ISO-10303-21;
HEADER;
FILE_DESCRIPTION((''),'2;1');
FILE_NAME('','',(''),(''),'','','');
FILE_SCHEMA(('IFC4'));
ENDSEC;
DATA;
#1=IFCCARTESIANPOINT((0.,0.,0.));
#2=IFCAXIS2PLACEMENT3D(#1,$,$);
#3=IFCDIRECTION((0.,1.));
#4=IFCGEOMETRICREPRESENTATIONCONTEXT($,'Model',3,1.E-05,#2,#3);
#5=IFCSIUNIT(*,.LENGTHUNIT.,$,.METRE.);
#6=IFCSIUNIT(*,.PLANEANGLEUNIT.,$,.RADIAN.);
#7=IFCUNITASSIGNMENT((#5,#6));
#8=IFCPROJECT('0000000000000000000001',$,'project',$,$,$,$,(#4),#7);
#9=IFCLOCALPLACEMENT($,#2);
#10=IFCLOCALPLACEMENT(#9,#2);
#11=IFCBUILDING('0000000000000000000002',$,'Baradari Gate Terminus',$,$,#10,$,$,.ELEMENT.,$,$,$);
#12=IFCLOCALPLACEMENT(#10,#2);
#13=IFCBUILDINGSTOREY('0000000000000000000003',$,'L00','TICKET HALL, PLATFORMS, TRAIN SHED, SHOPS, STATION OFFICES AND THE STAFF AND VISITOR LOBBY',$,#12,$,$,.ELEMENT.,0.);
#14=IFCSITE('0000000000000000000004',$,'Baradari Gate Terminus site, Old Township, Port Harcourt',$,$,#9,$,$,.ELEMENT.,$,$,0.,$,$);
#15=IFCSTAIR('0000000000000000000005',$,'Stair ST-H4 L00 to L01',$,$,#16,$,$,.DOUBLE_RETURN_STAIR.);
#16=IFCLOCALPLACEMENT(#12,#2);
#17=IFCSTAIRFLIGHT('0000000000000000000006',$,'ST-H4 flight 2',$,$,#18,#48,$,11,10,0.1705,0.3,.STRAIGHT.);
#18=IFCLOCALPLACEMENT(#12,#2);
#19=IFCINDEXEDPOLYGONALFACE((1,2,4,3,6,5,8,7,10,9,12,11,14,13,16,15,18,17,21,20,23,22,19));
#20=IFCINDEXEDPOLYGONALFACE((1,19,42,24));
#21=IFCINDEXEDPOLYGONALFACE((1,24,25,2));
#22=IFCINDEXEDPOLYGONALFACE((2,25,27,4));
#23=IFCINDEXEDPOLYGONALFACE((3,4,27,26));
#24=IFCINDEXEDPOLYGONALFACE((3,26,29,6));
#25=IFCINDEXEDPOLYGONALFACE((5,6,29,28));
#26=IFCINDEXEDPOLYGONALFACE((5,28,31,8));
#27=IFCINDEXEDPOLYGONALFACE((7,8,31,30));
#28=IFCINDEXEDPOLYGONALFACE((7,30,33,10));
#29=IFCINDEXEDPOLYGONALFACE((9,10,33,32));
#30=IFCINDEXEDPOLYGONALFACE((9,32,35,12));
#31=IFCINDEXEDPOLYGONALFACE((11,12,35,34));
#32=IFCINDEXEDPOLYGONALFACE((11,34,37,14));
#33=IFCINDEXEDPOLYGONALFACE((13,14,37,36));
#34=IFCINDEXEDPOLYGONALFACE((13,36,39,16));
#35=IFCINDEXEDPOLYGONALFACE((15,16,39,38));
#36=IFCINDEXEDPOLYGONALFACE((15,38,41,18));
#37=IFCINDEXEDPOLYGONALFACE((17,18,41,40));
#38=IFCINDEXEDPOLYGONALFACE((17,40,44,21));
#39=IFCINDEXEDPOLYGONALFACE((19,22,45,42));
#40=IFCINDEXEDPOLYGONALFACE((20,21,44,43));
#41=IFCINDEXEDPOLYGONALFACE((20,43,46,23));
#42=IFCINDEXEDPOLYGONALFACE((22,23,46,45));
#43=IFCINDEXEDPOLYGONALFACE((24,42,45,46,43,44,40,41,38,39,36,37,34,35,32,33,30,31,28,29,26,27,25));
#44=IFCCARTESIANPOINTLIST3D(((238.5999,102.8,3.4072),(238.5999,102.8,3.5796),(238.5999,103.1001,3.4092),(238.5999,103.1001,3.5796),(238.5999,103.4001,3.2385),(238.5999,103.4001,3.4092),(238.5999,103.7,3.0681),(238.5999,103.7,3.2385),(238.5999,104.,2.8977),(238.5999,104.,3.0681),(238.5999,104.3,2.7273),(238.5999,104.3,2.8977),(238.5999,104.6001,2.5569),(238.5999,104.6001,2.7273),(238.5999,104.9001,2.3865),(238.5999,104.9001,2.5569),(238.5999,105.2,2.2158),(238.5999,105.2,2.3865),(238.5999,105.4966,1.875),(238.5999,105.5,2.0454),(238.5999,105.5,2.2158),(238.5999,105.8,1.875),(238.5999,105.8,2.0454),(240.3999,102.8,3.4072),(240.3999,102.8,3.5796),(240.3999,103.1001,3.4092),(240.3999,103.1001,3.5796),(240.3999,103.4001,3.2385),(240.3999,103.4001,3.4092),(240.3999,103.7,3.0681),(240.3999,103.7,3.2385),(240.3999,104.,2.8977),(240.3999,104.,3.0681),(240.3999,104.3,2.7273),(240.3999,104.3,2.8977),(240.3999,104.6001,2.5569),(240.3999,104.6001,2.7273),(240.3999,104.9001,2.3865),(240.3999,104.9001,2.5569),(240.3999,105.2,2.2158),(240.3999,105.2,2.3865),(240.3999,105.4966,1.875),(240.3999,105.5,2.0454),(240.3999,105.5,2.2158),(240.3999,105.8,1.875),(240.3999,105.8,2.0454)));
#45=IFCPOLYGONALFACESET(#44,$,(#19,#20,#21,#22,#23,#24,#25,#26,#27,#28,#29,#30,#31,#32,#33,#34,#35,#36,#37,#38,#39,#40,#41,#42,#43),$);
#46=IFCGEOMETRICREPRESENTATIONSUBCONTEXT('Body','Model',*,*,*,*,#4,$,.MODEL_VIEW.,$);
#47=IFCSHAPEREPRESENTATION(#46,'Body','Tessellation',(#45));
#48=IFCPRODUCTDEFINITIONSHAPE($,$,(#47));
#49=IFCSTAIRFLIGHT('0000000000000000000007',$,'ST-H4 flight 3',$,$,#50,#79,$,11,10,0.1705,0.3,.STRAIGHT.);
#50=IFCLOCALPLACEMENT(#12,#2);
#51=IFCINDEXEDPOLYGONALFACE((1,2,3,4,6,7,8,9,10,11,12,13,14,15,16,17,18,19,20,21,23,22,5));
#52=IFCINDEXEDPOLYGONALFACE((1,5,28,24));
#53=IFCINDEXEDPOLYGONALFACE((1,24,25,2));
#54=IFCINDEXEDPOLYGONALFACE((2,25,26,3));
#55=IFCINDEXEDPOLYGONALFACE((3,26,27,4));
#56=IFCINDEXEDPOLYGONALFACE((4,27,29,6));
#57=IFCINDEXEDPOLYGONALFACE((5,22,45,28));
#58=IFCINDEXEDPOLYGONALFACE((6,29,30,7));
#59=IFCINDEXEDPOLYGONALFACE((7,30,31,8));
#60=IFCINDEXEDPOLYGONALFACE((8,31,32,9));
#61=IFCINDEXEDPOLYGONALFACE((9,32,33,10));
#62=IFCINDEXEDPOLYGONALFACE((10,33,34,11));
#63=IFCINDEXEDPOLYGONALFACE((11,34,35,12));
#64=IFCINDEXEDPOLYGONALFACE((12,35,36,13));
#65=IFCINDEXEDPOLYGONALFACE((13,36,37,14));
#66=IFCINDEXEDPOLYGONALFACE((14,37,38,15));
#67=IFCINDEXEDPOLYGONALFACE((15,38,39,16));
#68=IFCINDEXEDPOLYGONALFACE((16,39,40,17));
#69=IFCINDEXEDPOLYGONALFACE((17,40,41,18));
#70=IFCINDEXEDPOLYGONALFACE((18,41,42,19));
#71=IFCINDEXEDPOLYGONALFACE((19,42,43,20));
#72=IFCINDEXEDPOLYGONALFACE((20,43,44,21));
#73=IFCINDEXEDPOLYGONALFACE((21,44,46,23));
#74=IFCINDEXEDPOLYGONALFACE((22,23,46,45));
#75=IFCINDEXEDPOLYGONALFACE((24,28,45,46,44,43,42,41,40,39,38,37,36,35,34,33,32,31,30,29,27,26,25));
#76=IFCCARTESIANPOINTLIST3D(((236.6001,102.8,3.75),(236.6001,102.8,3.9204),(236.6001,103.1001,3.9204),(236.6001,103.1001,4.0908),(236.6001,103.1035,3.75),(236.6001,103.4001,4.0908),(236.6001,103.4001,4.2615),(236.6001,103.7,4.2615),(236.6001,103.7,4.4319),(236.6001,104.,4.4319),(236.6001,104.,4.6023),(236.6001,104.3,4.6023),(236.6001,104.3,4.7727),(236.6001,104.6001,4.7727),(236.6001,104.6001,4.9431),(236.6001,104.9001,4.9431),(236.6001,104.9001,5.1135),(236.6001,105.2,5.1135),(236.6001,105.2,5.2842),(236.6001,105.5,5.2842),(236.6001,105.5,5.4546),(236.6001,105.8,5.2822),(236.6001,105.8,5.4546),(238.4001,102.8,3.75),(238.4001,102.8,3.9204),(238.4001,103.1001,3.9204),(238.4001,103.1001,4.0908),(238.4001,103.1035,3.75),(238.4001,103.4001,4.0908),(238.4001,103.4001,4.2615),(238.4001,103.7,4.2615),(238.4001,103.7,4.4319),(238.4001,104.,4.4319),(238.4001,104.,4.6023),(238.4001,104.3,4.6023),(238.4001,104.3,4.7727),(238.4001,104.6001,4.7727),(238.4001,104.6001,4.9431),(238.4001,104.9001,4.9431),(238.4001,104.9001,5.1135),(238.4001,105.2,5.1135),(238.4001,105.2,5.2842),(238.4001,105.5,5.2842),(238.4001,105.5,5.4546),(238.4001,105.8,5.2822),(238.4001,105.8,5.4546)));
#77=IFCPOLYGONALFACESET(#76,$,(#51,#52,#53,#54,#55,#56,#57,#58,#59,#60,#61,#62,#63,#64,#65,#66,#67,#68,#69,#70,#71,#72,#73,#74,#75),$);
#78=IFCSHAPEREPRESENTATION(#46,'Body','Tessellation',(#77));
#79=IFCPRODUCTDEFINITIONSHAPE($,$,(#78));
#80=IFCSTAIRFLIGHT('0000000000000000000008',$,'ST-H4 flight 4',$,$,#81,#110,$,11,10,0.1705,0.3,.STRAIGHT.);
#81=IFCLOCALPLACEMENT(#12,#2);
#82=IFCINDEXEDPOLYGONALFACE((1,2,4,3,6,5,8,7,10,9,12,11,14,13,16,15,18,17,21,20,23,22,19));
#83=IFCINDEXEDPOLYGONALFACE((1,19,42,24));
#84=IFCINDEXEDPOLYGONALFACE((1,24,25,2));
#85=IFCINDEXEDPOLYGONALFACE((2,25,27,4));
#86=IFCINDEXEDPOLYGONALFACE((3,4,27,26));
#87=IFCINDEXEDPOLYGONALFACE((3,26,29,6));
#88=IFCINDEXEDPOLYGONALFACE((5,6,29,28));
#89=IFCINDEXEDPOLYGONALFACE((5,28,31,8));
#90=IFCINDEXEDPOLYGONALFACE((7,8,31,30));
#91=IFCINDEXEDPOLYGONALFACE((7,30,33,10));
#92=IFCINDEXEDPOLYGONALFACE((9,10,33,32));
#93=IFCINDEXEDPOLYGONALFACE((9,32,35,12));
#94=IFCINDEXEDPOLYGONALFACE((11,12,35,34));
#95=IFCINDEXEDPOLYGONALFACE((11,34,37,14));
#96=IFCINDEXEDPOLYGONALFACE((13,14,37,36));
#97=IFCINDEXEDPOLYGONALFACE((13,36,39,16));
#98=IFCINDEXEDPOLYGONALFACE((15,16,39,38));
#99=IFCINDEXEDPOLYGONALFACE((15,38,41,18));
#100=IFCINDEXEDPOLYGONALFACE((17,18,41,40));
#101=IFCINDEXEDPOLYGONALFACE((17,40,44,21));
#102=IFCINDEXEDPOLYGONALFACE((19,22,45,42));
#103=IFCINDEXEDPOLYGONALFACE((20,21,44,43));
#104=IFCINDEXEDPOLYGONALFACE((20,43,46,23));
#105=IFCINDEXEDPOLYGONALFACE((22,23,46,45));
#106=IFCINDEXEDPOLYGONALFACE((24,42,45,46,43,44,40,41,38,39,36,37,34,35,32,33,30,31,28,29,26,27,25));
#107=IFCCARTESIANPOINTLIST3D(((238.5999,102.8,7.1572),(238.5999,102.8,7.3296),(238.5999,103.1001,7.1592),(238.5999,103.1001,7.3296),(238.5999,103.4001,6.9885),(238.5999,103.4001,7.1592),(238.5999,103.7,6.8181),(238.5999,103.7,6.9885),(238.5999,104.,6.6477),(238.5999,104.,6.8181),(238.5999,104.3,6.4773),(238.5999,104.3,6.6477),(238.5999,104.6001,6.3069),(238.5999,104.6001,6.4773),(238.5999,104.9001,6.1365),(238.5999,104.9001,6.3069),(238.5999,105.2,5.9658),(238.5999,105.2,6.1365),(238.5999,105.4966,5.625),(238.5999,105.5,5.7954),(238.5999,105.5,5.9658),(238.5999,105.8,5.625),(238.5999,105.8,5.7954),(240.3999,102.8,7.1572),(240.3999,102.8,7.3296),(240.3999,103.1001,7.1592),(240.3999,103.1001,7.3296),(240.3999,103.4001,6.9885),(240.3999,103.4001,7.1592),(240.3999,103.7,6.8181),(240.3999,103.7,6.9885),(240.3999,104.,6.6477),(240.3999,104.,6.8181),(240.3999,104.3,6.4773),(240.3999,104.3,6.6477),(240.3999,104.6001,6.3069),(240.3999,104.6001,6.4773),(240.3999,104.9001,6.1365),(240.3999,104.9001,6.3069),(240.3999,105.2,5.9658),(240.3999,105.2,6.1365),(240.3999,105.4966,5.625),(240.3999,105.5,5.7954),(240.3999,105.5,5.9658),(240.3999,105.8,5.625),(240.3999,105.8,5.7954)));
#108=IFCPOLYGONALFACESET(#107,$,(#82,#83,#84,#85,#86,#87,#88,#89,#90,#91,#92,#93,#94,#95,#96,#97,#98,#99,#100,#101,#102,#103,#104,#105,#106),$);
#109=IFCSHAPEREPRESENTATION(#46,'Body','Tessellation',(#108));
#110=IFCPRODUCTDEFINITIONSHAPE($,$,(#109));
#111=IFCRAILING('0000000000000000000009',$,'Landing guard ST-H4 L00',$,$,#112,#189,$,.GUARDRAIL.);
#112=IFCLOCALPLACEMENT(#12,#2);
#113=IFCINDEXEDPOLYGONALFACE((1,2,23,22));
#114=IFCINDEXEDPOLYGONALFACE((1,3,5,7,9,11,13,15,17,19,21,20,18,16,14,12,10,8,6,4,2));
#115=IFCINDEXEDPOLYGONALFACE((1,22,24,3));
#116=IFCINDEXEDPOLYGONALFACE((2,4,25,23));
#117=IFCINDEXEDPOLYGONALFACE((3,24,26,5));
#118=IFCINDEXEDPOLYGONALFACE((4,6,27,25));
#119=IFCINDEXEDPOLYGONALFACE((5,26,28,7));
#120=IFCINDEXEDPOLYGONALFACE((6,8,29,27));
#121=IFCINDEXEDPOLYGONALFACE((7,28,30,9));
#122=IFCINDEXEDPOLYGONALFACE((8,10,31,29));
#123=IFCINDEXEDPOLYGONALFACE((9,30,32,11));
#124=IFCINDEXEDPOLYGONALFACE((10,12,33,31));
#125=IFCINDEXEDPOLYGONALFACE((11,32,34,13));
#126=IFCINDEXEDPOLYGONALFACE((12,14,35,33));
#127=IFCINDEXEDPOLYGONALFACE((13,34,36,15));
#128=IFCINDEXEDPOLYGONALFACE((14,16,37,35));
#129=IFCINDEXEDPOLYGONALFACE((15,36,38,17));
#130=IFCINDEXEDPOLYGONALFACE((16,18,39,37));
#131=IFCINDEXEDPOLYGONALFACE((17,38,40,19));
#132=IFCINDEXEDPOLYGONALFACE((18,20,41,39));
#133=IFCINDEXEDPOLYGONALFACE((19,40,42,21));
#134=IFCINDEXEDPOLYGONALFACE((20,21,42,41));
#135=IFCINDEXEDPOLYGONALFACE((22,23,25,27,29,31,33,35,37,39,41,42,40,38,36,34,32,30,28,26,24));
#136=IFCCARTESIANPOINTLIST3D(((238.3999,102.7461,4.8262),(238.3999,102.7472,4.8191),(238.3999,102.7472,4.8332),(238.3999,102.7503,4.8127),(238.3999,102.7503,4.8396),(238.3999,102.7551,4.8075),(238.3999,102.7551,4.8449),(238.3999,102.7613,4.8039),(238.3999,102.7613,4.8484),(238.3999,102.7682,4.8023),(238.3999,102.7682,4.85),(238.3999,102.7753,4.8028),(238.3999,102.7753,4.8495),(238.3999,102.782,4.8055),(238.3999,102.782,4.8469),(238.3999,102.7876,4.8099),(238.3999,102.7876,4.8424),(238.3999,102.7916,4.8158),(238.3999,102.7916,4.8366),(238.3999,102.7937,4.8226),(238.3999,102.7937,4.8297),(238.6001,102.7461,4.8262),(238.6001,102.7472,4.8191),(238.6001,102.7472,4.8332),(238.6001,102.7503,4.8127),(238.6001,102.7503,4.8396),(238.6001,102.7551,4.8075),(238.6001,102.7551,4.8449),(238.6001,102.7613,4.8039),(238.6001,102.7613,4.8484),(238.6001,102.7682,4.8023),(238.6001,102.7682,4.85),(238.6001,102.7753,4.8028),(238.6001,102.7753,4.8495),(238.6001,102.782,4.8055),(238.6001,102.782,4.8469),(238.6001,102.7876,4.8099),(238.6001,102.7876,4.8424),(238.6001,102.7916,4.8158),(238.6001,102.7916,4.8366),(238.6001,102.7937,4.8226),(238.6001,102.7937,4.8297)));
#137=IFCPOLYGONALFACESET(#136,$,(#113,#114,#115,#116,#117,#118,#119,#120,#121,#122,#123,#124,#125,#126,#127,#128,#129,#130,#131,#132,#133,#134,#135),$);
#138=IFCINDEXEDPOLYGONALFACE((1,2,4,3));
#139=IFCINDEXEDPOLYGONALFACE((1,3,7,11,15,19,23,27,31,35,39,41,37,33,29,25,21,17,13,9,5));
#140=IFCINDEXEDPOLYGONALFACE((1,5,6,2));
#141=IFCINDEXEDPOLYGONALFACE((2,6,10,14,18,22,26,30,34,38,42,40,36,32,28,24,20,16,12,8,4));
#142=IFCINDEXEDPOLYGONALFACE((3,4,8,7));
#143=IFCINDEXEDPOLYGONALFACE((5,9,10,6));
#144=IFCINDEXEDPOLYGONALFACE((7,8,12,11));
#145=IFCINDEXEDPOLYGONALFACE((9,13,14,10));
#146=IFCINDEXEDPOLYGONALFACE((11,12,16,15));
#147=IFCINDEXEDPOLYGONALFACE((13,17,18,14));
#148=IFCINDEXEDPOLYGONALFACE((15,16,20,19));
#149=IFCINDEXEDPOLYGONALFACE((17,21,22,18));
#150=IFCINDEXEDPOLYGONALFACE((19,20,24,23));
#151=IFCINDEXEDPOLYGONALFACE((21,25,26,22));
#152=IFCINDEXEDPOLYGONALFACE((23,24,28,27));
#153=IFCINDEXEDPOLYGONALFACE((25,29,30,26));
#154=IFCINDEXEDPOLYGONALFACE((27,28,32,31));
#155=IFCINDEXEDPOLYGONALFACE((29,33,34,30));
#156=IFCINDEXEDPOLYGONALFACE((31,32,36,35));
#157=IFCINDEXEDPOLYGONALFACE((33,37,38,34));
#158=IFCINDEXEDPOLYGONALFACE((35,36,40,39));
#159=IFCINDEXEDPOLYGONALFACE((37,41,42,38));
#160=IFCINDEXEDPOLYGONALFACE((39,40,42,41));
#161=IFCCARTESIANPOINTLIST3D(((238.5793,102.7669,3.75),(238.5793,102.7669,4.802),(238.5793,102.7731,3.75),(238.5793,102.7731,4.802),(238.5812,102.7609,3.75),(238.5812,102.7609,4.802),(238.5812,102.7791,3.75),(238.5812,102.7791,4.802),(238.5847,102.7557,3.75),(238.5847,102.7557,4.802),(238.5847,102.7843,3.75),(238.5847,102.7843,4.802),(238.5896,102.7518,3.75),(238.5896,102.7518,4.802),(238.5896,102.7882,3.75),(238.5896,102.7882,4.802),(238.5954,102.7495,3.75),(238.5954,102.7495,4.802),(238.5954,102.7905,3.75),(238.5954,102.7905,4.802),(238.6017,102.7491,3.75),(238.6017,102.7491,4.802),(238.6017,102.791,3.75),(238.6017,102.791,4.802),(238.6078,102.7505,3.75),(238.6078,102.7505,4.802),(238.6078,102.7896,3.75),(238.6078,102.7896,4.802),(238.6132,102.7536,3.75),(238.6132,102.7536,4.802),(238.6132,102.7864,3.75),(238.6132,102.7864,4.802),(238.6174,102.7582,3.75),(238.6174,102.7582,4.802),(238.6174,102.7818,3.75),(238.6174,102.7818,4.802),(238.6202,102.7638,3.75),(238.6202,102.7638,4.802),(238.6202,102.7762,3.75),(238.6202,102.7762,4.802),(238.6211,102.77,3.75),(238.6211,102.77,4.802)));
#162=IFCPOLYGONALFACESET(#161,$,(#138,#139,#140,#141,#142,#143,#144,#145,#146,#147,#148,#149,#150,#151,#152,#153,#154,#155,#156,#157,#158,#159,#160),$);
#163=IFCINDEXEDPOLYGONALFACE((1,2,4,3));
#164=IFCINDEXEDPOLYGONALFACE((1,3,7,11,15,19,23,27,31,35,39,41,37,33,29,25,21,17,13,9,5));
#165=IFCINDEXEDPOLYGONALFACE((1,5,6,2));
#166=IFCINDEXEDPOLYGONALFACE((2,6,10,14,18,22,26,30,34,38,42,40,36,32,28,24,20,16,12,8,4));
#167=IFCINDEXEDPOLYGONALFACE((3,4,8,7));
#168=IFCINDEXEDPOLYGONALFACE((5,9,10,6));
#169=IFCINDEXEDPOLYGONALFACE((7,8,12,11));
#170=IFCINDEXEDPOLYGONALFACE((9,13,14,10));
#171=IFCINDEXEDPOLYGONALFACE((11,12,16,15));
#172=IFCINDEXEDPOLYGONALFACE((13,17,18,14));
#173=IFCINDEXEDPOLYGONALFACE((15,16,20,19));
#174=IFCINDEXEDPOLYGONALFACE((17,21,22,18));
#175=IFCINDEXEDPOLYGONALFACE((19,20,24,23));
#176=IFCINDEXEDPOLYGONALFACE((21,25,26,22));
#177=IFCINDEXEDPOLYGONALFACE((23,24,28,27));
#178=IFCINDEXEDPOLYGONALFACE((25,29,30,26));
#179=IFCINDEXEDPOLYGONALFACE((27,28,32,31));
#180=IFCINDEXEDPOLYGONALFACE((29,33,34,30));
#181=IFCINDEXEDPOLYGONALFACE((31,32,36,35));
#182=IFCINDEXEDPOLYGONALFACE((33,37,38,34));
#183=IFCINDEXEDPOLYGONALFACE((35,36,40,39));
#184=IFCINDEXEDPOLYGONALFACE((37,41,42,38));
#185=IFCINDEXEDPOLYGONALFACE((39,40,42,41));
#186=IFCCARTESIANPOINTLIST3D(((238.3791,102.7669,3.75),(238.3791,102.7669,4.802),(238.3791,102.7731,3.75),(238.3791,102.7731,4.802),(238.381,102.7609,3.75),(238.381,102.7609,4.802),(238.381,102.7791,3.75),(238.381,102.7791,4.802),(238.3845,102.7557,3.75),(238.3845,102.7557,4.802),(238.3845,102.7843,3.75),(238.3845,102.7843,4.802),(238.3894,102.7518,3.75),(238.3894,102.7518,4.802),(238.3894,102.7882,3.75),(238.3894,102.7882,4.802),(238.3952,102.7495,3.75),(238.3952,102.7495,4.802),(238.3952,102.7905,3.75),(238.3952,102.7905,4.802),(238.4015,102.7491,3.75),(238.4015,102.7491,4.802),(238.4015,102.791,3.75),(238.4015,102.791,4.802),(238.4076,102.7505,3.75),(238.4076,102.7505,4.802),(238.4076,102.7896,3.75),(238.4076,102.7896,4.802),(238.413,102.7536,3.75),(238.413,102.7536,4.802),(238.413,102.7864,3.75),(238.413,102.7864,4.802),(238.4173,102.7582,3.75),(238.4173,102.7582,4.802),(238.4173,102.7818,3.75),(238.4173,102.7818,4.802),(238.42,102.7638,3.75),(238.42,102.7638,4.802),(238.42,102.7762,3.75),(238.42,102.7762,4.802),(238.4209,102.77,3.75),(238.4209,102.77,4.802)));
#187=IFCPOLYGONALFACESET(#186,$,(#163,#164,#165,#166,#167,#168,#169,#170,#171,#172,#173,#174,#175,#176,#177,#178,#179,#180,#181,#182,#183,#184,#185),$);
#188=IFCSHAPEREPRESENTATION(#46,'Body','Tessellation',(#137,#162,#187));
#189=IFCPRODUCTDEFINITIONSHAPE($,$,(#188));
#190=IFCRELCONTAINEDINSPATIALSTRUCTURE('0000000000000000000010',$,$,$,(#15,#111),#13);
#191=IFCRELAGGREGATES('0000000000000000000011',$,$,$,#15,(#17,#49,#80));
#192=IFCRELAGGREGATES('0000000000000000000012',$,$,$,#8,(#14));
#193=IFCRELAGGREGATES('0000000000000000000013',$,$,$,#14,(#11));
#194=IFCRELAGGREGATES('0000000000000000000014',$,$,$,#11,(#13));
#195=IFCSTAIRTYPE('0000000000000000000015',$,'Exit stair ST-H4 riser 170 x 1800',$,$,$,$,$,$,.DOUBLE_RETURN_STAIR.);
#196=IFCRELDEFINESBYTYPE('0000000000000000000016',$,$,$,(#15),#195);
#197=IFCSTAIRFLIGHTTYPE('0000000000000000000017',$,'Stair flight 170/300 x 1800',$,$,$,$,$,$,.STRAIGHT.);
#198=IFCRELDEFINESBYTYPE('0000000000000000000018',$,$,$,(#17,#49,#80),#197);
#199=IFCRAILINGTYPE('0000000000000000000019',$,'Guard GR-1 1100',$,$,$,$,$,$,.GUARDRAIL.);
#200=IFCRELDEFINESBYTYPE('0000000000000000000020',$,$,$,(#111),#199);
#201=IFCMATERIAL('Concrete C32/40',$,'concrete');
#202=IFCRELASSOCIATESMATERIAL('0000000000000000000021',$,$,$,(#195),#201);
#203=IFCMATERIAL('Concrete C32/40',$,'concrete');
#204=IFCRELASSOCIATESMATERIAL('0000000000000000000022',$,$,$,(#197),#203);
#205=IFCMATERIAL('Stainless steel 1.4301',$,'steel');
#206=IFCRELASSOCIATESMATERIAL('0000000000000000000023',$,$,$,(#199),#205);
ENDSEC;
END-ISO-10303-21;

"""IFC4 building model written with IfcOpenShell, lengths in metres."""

from ifc_helpers import new_model, si_unit, direction, frame, origin, origin_2d, place, context, subcontext, project, spatial, polyline, circle, outline, extrude, material, type_object, element, aggregate, save


model = new_model("IFC4")

# Units and contexts
model_context = context("Model", 3, precision=1e-05, world=origin(), true_north=direction((0.0, 1.0)))
body_context = subcontext(model_context, "Body", "Model", "MODEL_VIEW")
ifc_project = project(units=[si_unit("LENGTHUNIT", "METRE"), si_unit("PLANEANGLEUNIT", "RADIAN")], contexts=[model_context])

# Site, building, storey
site_placement = place(None, origin())
site = spatial("IfcSite", under=ifc_project, at=site_placement, Name="Baradari Gate Terminus site, Old Township, Port Harcourt", CompositionType="ELEMENT", RefElevation=0.0)
building_placement = place(site_placement, origin())
building = spatial("IfcBuilding", under=site, at=building_placement, Name="Baradari Gate Terminus", CompositionType="ELEMENT")
storey_placement = place(building_placement, origin())
storey = spatial("IfcBuildingStorey", under=building, at=storey_placement, Name="L00", Description="TICKET HALL, PLATFORMS, TRAIN SHED, SHOPS, STATION OFFICES AND THE STAFF AND VISITOR LOBBY", CompositionType="ELEMENT", Elevation=0.0)

# Stair, stair flights
ifc_material_1 = material(Name="Concrete C32/40", Category="concrete")
stair_type = type_object("IfcStairType", Name="Exit stair ST-H4 riser 170 x 1800", PredefinedType="DOUBLE_RETURN_STAIR", material=ifc_material_1)
stair_placement = place(storey_placement, origin())
stair = element("IfcStair", 1, at=stair_placement, inside=storey, type_object=stair_type, Name="Stair ST-H4 L00 to L01", PredefinedType="DOUBLE_RETURN_STAIR")
ifc_material_2 = material(Name="Concrete C32/40", Category="concrete")
stair_flight_type = type_object("IfcStairFlightType", Name="Stair flight 170/300 x 1800", PredefinedType="STRAIGHT", material=ifc_material_2)
stair_flight_1_placement = place(storey_placement, frame((239.5, 105.8, 1.875), z_axis=(0.0, 0.0, 1.0), x_axis=(0.0, -1.0, 0.0)))
stair_flight_1 = element("IfcStairFlight", 2, at=stair_flight_1_placement, type_object=stair_flight_type, Name="ST-H4 flight 2", NumberOfRisers=11, NumberOfTreads=10, PredefinedType="STRAIGHT", RiserHeight=0.1705, TreadLength=0.3, context=body_context, shape_type="SweptSolid", body=[
    extrude(outline(polyline([(0.0, 0.0), (0.0, 0.1704), (0.3, 0.1704), (0.3, 0.3408), (0.6001, 0.3408), (0.6001, 0.5115), (0.8999, 0.5115), (0.8999, 0.6819), (1.2, 0.6819), (1.2, 0.8523), (1.5, 0.8523), (1.5, 1.0227), (1.8, 1.0227), (1.8, 1.1931), (2.1001, 1.1931), (2.1001, 1.3635), (2.3999, 1.3635), (2.3999, 1.5342), (2.7, 1.5342), (2.7, 1.7046), (3.0, 1.7046), (3.0, 1.875), (3.0, 1.5322), (0.3035, 0.0), (0.0, 0.0)])), frame((0.0, 0.8999, 0.0), z_axis=(0.0, -1.0, 0.0), x_axis=(1.0, 0.0, 0.0)), (0.0, 0.0, 1.0), 1.8),
])
stair_flight_2_placement = place(storey_placement, frame((237.5, 102.8, 3.75), z_axis=(0.0, 0.0, 1.0), x_axis=(0.0, 1.0, 0.0)))
stair_flight_2 = element("IfcStairFlight", 3, at=stair_flight_2_placement, type_object=stair_flight_type, Name="ST-H4 flight 3", NumberOfRisers=11, NumberOfTreads=10, PredefinedType="STRAIGHT", RiserHeight=0.1705, TreadLength=0.3, context=body_context, shape_type="SweptSolid", body=[
    extrude(outline(polyline([(0.0, 0.0), (0.0, 0.1704), (0.3, 0.1704), (0.3, 0.3408), (0.6001, 0.3408), (0.6001, 0.5115), (0.8999, 0.5115), (0.8999, 0.6819), (1.2, 0.6819), (1.2, 0.8523), (1.5, 0.8523), (1.5, 1.0227), (1.8, 1.0227), (1.8, 1.1931), (2.1001, 1.1931), (2.1001, 1.3635), (2.3999, 1.3635), (2.3999, 1.5342), (2.7, 1.5342), (2.7, 1.7046), (3.0, 1.7046), (3.0, 1.875), (3.0, 1.5322), (0.3035, 0.0), (0.0, 0.0)])), frame((0.0, 0.8999, 0.0), z_axis=(0.0, -1.0, 0.0), x_axis=(1.0, 0.0, 0.0)), (0.0, 0.0, 1.0), 1.8),
])
stair_flight_3_placement = place(storey_placement, frame((239.5, 105.8, 5.625), z_axis=(0.0, 0.0, 1.0), x_axis=(0.0, -1.0, 0.0)))
stair_flight_3 = element("IfcStairFlight", 4, at=stair_flight_3_placement, type_object=stair_flight_type, Name="ST-H4 flight 4", NumberOfRisers=11, NumberOfTreads=10, PredefinedType="STRAIGHT", RiserHeight=0.1705, TreadLength=0.3, context=body_context, shape_type="SweptSolid", body=[
    extrude(outline(polyline([(0.0, 0.0), (0.0, 0.1704), (0.3, 0.1704), (0.3, 0.3408), (0.6001, 0.3408), (0.6001, 0.5115), (0.8999, 0.5115), (0.8999, 0.6819), (1.2, 0.6819), (1.2, 0.8523), (1.5, 0.8523), (1.5, 1.0227), (1.8, 1.0227), (1.8, 1.1931), (2.1001, 1.1931), (2.1001, 1.3635), (2.3999, 1.3635), (2.3999, 1.5342), (2.7, 1.5342), (2.7, 1.7046), (3.0, 1.7046), (3.0, 1.875), (3.0, 1.5322), (0.3035, 0.0), (0.0, 0.0)])), frame((0.0, 0.8999, 0.0), z_axis=(0.0, -1.0, 0.0), x_axis=(1.0, 0.0, 0.0)), (0.0, 0.0, 1.0), 1.8),
])
aggregate(stair, [stair_flight_1, stair_flight_2, stair_flight_3])

# Railing
ifc_material_3 = material(Name="Stainless steel 1.4301", Category="steel")
railing_type_1 = type_object("IfcRailingType", Name="Guard GR-1 1100", PredefinedType="GUARDRAIL", material=ifc_material_3)
railing_1_placement = place(storey_placement, frame((238.6001, 102.77, 3.75)))
element("IfcRailing", 5, at=railing_1_placement, inside=storey, type_object=railing_type_1, Name="Landing guard ST-H4 L00", PredefinedType="GUARDRAIL", context=body_context, shape_type="SweptSolid", body=[
    extrude(circle(Radius=0.0239, at=origin_2d()), frame((0.0, 0.0, 1.0762), z_axis=(-1.0, 0.0, 0.0), x_axis=(0.0, -1.0, 0.0)), (0.0, 0.0, 1.0), 0.2002),
    extrude(circle(Radius=0.021, at=origin_2d()), origin(), (0.0, 0.0, 1.0), 1.052),
    extrude(circle(Radius=0.021, at=origin_2d()), frame((-0.2002, 0.0, 0.0)), (0.0, 0.0, 1.0), 1.052),
])

save(model, "model.ifc")
